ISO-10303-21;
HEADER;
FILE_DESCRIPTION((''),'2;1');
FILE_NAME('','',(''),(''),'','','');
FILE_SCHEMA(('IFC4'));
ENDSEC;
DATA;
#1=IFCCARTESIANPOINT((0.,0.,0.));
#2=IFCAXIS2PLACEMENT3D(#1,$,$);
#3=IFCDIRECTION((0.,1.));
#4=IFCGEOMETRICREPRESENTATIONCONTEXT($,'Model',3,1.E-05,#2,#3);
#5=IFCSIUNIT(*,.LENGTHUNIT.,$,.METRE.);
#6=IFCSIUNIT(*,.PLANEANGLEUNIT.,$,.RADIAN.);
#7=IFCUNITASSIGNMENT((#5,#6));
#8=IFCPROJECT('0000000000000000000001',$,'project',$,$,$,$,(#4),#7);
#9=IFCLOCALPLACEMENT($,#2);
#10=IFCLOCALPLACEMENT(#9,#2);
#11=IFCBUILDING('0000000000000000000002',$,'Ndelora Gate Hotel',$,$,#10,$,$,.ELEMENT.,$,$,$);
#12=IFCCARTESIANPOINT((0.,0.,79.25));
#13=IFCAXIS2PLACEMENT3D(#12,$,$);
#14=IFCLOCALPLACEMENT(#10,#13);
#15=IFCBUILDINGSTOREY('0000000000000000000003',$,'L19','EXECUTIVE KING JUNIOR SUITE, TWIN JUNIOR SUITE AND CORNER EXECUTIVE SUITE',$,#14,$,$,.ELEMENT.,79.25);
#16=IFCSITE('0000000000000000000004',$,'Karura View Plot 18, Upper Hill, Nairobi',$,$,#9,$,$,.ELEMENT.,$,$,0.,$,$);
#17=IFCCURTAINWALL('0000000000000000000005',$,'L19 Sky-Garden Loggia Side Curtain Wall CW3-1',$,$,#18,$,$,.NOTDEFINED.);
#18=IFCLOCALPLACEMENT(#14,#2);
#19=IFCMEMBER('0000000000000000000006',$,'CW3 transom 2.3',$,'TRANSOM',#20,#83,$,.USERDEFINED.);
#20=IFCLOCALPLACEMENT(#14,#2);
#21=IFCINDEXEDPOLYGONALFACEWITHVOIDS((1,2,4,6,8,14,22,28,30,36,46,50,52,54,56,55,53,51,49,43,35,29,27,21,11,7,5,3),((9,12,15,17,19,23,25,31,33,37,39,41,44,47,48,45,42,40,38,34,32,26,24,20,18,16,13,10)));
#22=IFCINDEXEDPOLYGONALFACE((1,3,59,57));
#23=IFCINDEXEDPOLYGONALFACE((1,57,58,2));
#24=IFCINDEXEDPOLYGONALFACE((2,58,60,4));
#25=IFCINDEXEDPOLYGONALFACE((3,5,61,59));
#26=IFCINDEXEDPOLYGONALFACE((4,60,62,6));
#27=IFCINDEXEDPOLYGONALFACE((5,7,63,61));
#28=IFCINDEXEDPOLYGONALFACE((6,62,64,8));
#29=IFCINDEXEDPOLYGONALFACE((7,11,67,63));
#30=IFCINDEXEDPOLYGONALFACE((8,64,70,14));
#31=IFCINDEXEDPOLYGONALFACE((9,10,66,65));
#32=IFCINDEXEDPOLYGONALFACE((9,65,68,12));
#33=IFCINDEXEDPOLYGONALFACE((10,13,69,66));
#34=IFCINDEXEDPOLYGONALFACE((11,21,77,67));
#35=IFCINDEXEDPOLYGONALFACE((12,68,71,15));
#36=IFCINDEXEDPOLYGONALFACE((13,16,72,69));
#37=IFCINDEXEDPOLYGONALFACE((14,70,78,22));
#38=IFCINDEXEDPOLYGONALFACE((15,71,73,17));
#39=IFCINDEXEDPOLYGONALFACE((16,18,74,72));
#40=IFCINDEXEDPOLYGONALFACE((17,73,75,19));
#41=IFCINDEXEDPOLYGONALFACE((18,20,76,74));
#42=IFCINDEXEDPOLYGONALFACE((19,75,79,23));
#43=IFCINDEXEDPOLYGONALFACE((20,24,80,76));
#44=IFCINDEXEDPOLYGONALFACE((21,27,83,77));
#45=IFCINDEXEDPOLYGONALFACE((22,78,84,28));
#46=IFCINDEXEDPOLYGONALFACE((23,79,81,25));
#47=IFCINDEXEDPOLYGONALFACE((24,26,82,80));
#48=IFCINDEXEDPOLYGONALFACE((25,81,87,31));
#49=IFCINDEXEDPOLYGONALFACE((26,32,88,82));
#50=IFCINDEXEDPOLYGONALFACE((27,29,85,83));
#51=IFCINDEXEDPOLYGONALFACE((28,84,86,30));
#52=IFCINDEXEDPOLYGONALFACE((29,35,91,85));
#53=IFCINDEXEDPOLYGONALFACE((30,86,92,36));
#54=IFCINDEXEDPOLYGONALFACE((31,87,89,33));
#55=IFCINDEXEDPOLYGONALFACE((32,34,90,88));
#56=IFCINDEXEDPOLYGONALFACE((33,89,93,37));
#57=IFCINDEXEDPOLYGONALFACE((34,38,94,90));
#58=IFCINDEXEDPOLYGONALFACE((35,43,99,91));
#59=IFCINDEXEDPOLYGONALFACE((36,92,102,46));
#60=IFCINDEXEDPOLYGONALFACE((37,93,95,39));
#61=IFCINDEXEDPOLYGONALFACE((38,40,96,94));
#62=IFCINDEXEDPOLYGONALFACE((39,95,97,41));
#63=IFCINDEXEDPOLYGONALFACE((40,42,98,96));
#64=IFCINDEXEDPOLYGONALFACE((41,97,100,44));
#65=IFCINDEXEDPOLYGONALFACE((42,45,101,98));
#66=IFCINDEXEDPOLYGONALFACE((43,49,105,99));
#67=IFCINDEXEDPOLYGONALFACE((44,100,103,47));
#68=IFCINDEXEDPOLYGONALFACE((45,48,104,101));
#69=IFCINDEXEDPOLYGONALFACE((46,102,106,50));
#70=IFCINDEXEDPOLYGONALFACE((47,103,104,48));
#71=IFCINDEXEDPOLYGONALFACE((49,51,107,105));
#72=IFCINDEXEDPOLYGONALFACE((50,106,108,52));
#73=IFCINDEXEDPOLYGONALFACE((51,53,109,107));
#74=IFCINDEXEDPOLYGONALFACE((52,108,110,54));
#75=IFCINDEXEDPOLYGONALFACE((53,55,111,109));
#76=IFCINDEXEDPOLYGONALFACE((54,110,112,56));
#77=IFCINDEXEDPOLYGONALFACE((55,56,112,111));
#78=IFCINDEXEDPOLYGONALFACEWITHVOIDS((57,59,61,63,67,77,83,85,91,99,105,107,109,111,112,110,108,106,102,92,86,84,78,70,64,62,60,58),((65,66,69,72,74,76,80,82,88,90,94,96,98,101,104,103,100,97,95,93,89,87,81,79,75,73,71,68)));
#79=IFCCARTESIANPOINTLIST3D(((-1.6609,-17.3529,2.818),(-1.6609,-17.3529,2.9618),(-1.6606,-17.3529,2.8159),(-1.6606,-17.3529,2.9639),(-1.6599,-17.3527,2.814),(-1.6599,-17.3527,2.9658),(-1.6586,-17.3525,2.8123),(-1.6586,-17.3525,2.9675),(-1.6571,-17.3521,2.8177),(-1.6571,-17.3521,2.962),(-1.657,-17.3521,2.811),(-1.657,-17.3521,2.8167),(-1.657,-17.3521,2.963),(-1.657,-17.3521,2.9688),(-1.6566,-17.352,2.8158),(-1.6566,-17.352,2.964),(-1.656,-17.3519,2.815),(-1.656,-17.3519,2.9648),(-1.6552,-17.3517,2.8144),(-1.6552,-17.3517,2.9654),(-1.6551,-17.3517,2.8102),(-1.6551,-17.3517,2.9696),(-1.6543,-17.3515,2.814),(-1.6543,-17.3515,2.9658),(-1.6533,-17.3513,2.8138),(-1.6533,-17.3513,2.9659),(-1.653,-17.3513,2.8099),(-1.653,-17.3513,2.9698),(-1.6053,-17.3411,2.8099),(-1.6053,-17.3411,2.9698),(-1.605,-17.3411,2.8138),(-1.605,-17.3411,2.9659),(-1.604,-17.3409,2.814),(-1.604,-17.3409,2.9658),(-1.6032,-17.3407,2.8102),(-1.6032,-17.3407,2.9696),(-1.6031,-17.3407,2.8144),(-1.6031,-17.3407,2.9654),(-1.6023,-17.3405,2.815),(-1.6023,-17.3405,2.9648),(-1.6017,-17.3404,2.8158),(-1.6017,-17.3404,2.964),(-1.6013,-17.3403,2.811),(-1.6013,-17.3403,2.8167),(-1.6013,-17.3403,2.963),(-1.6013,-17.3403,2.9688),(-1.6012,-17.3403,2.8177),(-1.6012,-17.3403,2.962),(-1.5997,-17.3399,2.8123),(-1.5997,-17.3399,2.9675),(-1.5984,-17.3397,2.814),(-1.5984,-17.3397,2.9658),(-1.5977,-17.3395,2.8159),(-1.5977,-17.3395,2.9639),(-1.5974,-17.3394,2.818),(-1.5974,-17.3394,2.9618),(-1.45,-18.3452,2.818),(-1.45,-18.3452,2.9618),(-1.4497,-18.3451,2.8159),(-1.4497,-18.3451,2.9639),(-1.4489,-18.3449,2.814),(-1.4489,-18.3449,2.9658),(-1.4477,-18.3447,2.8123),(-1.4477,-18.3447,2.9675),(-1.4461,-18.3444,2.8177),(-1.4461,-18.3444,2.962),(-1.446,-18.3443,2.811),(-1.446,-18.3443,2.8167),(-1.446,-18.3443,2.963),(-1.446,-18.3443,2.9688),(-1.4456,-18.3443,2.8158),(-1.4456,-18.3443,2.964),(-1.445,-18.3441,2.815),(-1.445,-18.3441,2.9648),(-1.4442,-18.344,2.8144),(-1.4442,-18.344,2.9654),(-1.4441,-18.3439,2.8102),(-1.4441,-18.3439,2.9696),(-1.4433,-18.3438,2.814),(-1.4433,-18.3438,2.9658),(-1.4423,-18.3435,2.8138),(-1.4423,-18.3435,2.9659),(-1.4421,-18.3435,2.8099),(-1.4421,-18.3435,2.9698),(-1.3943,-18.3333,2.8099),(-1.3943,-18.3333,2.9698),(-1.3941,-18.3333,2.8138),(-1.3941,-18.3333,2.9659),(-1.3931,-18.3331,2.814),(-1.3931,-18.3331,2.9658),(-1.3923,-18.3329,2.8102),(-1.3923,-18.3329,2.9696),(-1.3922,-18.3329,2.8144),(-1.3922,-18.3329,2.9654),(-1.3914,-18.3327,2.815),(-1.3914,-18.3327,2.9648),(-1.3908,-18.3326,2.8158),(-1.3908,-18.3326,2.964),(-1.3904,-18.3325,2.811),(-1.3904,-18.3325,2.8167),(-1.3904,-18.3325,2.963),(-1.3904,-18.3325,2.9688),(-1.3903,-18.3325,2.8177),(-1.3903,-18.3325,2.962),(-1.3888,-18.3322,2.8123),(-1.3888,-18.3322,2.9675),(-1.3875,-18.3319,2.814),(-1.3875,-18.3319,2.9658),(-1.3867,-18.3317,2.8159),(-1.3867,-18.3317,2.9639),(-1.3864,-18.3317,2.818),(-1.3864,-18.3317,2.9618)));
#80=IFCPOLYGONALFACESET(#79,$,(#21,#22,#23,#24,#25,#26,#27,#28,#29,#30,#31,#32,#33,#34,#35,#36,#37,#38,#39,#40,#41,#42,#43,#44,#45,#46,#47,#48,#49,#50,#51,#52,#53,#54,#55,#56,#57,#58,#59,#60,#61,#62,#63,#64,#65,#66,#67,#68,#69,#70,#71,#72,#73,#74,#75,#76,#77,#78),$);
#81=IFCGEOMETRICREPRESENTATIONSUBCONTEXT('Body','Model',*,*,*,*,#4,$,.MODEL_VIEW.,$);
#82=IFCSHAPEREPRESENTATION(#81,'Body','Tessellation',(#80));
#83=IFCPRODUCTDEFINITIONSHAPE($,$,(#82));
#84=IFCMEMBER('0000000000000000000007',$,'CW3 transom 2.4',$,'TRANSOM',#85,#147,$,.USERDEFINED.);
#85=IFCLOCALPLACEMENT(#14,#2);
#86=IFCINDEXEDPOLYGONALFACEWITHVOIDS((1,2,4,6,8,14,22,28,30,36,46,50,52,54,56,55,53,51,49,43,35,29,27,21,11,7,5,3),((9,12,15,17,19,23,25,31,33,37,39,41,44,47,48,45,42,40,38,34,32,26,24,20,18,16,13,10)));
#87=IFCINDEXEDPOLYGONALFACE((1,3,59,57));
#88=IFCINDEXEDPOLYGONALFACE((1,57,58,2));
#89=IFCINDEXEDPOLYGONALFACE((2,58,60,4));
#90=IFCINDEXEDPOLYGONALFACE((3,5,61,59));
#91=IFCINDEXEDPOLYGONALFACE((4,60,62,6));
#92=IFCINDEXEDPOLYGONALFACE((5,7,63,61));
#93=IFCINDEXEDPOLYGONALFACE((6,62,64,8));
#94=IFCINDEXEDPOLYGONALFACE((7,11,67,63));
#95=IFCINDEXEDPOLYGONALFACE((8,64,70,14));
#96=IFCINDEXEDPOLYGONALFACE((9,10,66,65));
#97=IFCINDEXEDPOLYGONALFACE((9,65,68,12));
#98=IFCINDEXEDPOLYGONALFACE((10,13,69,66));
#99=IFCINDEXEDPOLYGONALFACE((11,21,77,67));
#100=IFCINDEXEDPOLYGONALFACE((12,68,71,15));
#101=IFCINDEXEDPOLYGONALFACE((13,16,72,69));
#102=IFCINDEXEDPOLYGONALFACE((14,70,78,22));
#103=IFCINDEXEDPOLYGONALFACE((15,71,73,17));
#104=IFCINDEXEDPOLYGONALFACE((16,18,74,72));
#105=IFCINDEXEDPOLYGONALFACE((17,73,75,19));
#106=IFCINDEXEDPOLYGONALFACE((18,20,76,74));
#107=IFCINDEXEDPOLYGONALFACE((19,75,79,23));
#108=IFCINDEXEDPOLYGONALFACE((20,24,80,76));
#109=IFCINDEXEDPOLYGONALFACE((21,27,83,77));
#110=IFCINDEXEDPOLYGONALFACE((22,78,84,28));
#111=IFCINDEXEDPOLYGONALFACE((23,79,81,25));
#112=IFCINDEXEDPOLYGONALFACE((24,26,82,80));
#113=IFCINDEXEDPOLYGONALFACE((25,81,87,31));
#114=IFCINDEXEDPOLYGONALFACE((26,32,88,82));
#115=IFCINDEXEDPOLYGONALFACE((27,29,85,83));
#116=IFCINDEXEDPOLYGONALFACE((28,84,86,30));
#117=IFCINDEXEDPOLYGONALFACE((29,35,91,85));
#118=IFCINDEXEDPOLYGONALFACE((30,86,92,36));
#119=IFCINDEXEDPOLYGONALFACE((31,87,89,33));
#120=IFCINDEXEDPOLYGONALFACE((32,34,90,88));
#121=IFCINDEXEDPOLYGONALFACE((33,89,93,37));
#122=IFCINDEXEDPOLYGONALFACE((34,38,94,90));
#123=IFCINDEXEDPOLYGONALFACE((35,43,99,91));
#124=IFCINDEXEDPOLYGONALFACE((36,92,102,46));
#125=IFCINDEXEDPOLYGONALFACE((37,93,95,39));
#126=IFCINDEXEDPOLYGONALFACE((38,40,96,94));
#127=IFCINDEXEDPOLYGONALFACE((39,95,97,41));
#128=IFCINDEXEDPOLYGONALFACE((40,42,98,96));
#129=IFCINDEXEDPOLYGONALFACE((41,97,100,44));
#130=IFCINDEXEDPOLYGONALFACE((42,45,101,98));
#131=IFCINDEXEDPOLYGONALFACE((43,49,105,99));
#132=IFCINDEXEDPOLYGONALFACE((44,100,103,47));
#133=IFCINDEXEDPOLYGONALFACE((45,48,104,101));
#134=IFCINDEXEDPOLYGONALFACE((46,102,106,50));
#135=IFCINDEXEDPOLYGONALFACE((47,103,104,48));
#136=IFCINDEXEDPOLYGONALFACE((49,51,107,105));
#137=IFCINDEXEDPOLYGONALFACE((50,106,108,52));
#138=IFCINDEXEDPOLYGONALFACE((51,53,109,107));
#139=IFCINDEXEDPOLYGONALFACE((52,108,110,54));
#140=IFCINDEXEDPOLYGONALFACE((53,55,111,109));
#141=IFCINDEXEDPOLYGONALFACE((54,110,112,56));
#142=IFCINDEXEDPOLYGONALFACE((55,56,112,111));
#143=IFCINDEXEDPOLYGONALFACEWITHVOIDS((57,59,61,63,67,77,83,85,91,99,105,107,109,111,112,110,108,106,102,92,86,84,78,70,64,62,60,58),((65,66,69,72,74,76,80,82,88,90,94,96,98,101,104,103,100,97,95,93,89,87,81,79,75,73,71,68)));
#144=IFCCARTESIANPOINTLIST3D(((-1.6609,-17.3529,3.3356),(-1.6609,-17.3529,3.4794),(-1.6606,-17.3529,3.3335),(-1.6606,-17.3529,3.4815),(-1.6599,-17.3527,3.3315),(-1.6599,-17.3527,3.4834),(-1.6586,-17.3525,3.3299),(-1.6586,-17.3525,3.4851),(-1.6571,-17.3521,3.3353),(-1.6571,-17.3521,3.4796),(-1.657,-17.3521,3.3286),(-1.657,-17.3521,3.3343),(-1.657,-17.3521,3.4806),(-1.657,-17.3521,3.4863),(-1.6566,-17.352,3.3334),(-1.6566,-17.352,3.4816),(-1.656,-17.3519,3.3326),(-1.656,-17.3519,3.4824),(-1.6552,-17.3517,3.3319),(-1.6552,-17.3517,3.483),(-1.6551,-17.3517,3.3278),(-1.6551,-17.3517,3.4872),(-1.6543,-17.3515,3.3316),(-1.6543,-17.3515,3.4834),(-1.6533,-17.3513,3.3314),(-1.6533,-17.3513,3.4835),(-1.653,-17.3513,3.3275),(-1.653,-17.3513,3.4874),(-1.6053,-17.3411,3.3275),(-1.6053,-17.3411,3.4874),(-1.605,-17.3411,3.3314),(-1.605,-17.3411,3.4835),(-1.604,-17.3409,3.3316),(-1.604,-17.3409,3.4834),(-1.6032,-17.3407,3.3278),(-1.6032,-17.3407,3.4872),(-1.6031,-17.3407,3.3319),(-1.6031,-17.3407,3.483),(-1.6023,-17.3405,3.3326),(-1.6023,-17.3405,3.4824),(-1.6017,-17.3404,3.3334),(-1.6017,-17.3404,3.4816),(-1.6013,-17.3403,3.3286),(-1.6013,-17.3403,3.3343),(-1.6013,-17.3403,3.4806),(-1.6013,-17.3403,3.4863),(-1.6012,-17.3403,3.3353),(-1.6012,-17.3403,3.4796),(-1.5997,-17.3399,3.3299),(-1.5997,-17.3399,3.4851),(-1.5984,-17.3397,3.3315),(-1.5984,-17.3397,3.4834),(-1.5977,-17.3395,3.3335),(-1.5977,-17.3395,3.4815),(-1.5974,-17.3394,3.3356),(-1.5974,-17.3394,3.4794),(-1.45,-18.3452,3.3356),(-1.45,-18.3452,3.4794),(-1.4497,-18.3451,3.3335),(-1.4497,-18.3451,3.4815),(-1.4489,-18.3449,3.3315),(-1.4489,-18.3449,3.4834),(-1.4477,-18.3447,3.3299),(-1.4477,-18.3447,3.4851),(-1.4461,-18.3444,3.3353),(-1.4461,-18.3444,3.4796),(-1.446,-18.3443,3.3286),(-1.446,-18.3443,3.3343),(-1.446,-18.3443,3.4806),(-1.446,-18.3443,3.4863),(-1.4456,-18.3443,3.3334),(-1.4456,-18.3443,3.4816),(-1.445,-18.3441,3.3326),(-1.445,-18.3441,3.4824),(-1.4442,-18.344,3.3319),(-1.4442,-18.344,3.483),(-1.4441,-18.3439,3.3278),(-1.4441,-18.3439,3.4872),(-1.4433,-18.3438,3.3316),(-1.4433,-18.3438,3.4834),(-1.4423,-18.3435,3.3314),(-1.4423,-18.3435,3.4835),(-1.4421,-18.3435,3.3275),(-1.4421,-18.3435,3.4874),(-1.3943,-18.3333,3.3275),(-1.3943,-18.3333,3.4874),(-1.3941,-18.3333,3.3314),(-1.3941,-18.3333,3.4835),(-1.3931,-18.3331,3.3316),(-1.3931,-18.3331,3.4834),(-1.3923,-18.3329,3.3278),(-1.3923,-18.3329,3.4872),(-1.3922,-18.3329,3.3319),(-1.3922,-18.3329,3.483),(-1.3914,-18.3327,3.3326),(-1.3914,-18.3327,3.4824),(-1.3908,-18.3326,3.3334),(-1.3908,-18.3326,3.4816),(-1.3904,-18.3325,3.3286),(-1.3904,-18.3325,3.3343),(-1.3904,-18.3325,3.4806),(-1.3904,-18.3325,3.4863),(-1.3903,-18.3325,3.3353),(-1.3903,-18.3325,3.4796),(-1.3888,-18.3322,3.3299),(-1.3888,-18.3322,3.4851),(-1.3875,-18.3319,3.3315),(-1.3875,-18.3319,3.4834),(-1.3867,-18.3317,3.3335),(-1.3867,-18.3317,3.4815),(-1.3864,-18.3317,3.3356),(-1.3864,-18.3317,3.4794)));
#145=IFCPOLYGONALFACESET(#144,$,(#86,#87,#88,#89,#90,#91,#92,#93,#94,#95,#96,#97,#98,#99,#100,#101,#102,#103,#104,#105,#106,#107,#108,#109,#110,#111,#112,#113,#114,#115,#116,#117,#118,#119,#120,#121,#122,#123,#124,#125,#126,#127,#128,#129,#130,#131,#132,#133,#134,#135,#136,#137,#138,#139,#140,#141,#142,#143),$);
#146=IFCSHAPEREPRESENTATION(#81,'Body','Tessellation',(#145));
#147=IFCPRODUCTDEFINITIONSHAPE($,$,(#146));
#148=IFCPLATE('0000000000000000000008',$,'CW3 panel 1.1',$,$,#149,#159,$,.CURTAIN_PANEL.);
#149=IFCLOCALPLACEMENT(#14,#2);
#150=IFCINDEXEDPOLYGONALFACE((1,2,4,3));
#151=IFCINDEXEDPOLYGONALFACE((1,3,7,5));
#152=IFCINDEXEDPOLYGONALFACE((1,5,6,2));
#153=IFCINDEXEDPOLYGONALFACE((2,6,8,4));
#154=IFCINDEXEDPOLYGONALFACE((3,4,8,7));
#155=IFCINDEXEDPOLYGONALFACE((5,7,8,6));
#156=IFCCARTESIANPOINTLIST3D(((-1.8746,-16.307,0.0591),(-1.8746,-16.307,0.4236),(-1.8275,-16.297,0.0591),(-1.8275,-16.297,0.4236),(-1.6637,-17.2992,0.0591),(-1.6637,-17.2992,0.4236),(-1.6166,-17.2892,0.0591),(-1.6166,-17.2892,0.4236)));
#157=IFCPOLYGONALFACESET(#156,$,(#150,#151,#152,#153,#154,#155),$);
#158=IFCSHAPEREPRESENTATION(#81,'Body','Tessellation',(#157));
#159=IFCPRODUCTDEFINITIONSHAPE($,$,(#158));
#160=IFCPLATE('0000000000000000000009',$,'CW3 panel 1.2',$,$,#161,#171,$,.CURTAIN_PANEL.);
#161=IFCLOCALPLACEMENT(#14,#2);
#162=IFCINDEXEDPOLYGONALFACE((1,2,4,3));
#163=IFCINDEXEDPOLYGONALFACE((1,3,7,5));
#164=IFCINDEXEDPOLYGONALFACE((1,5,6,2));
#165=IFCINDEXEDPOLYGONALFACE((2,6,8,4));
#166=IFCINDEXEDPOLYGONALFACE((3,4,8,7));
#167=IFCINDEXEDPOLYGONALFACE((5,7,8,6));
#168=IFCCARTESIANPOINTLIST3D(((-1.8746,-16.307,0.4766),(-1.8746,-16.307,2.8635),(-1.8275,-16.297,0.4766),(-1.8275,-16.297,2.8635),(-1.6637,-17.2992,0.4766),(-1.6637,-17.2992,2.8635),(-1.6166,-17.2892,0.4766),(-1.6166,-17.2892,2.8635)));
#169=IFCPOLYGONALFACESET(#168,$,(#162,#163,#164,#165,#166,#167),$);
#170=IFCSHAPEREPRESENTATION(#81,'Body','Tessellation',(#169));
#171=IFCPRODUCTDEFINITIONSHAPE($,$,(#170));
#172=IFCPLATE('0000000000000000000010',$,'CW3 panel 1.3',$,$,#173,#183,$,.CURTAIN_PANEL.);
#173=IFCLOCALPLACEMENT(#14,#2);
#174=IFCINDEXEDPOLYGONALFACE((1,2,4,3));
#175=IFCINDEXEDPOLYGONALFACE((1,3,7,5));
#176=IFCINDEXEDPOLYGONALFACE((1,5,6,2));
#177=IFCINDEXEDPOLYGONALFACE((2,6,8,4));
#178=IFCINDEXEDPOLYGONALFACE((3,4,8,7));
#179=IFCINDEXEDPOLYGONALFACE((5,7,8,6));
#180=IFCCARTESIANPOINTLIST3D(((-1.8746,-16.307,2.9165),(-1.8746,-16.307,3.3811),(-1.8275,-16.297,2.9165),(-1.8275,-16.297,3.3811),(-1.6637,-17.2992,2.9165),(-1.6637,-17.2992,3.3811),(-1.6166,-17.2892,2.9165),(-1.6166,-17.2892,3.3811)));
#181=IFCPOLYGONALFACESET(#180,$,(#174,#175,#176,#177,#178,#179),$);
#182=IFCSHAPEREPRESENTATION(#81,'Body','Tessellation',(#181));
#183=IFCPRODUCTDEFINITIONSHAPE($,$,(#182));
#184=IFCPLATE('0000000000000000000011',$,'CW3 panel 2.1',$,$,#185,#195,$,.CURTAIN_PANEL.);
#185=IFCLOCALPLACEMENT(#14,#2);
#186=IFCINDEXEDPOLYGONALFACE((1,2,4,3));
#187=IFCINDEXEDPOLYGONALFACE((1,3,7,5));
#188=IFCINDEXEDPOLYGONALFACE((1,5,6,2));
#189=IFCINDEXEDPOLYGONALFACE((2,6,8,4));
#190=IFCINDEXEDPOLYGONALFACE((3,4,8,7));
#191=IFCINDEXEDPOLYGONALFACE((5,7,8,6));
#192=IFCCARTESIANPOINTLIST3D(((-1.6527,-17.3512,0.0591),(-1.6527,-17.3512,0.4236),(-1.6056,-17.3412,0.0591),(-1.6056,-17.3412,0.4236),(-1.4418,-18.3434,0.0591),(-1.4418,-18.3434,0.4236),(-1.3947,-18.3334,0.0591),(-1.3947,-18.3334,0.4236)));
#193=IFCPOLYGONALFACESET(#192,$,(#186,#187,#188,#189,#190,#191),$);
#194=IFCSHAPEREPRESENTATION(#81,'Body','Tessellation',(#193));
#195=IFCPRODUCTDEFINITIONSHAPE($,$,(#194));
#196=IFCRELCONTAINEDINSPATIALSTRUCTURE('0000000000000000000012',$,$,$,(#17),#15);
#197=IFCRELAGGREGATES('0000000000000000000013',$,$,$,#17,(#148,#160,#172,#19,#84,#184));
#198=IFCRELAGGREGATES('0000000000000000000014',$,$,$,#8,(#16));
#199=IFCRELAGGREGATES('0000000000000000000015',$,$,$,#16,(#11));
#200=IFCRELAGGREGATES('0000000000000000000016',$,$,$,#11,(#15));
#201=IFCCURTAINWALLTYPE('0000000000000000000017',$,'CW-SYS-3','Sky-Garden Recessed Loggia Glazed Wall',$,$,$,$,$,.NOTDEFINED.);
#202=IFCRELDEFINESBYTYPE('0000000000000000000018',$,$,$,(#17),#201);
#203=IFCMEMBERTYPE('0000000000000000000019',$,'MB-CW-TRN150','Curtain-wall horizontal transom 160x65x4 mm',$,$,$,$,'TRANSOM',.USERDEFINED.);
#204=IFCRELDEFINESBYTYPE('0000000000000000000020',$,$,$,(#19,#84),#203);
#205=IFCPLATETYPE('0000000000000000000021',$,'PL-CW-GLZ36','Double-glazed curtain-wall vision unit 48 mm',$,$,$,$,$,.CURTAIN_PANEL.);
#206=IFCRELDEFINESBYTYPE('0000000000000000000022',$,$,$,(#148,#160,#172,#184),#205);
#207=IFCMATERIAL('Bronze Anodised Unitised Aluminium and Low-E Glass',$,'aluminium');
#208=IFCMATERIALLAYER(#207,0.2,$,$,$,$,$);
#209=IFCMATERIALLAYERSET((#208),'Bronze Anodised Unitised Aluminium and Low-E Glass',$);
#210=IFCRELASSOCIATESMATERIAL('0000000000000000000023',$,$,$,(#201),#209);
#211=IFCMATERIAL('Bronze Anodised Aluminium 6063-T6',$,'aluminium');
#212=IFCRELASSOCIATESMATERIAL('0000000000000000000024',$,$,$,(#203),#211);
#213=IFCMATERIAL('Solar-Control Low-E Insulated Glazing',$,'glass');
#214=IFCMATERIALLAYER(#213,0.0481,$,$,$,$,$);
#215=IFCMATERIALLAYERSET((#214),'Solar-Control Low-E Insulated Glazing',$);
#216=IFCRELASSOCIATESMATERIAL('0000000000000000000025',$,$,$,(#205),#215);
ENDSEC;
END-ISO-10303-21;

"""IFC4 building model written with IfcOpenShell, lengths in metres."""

from ifc_helpers import new_model, si_unit, direction, frame, origin, origin_2d, place, context, subcontext, project, spatial, rectangle, hollow_rectangle, extrude, material, layer, layer_set, material_profile, profile_set, type_object, element, aggregate, save


model = new_model("IFC4")

# Units and contexts
model_context = context("Model", 3, precision=1e-05, world=origin(), true_north=direction((0.0, 1.0)))
body_context = subcontext(model_context, "Body", "Model", "MODEL_VIEW")
ifc_project = project(units=[si_unit("LENGTHUNIT", "METRE"), si_unit("PLANEANGLEUNIT", "RADIAN")], contexts=[model_context])

# Site, building, storey
site_placement = place(None, origin())
site = spatial("IfcSite", under=ifc_project, at=site_placement, Name="Karura View Plot 18, Upper Hill, Nairobi", CompositionType="ELEMENT", RefElevation=0.0)
building_placement = place(site_placement, origin())
building = spatial("IfcBuilding", under=site, at=building_placement, Name="Ndelora Gate Hotel", CompositionType="ELEMENT")
storey_placement = place(building_placement, frame((0.0, 0.0, 79.25)))
storey = spatial("IfcBuildingStorey", under=building, at=storey_placement, Name="L19", Description="EXECUTIVE KING JUNIOR SUITE, TWIN JUNIOR SUITE AND CORNER EXECUTIVE SUITE", CompositionType="ELEMENT", Elevation=79.25)

# Curtain wall, members, plates
ifc_material_1 = material(Name="Bronze Anodised Unitised Aluminium and Low-E Glass", Category="aluminium")
ifc_layer_1 = layer(ifc_material_1, 0.2)
ifc_layer_set_1 = layer_set([ifc_layer_1], Name="Bronze Anodised Unitised Aluminium and Low-E Glass")
curtain_wall_type = type_object("IfcCurtainWallType", Name="CW-SYS-3", Description="Sky-Garden Recessed Loggia Glazed Wall", PredefinedType="NOTDEFINED", material=ifc_layer_set_1)
curtain_wall_placement = place(storey_placement, origin())
curtain_wall = element("IfcCurtainWall", 1, at=curtain_wall_placement, inside=storey, type_object=curtain_wall_type, Name="L19 Sky-Garden Loggia Side Curtain Wall CW3-1", PredefinedType="NOTDEFINED")
ifc_material_2 = material(Name="Bronze Anodised Aluminium 6063-T6", Category="aluminium")
ifc_material_profile_1 = material_profile(ifc_material_2, hollow_rectangle(XDim=0.0649, YDim=0.1599, WallThickness=0.0039, InnerFilletRadius=0.0039, OuterFilletRadius=0.0081, at=origin_2d()), Name="ALU 160x65x4")
ifc_profile_set_1 = profile_set([ifc_material_profile_1], Name="Bronze Anodised Aluminium 6063-T6")
member_type_1 = type_object("IfcMemberType", Name="MB-CW-TRN150", Description="Curtain-wall horizontal transom 160x65x4 mm", ElementType="TRANSOM", PredefinedType="USERDEFINED", material=ifc_profile_set_1)
member_1_placement = place(storey_placement, frame((-1.6292, -17.3462, 2.8899), z_axis=(0.207951, -0.978139, 0.0), x_axis=(0.978139, 0.207951, 0.0)))
member_1 = element("IfcMember", 2, at=member_1_placement, type_object=member_type_1, Name="CW3 transom 2.3", ObjectType="TRANSOM", PredefinedType="USERDEFINED", context=body_context, shape_type="SweptSolid", body=[
    extrude(hollow_rectangle(XDim=0.0649, YDim=0.1599, WallThickness=0.0039, InnerFilletRadius=0.0039, OuterFilletRadius=0.0081, at=origin_2d()), origin(), (0.0, 0.0, 1.0), 1.0144),
])
member_2_placement = place(storey_placement, frame((-1.6292, -17.3462, 3.4075), z_axis=(0.207951, -0.978139, 0.0), x_axis=(0.978139, 0.207951, 0.0)))
member_2 = element("IfcMember", 3, at=member_2_placement, type_object=member_type_1, Name="CW3 transom 2.4", ObjectType="TRANSOM", PredefinedType="USERDEFINED", context=body_context, shape_type="SweptSolid", body=[
    extrude(hollow_rectangle(XDim=0.0649, YDim=0.1599, WallThickness=0.0039, InnerFilletRadius=0.0039, OuterFilletRadius=0.0081, at=origin_2d()), origin(), (0.0, 0.0, 1.0), 1.0144),
])
ifc_material_3 = material(Name="Solar-Control Low-E Insulated Glazing", Category="glass")
ifc_layer_2 = layer(ifc_material_3, 0.0481)
ifc_layer_set_2 = layer_set([ifc_layer_2], Name="Solar-Control Low-E Insulated Glazing")
plate_type_1 = type_object("IfcPlateType", Name="PL-CW-GLZ36", Description="Double-glazed curtain-wall vision unit 48 mm", PredefinedType="CURTAIN_PANEL", material=ifc_layer_set_2)
plate_1_placement = place(storey_placement, frame((-1.7456, -16.7981, 0.0591), z_axis=(0.0, 0.0, 1.0), x_axis=(0.207911, -0.978148, 0.0)))
plate_1 = element("IfcPlate", 4, at=plate_1_placement, type_object=plate_type_1, Name="CW3 panel 1.1", PredefinedType="CURTAIN_PANEL", context=body_context, shape_type="SweptSolid", body=[
    extrude(rectangle(XDim=1.0144, YDim=0.0481, at=origin_2d()), origin(), (0.0, 0.0, 1.0), 0.3645),
])
plate_2_placement = place(storey_placement, frame((-1.7456, -16.7981, 0.4766), z_axis=(0.0, 0.0, 1.0), x_axis=(0.207911, -0.978148, 0.0)))
plate_2 = element("IfcPlate", 5, at=plate_2_placement, type_object=plate_type_1, Name="CW3 panel 1.2", PredefinedType="CURTAIN_PANEL", context=body_context, shape_type="SweptSolid", body=[
    extrude(rectangle(XDim=1.0144, YDim=0.0481, at=origin_2d()), origin(), (0.0, 0.0, 1.0), 2.387),
])
plate_3_placement = place(storey_placement, frame((-1.7456, -16.7981, 2.9165), z_axis=(0.0, 0.0, 1.0), x_axis=(0.207911, -0.978148, 0.0)))
plate_3 = element("IfcPlate", 6, at=plate_3_placement, type_object=plate_type_1, Name="CW3 panel 1.3", PredefinedType="CURTAIN_PANEL", context=body_context, shape_type="SweptSolid", body=[
    extrude(rectangle(XDim=1.0144, YDim=0.0481, at=origin_2d()), origin(), (0.0, 0.0, 1.0), 0.4646),
])
plate_4_placement = place(storey_placement, frame((-1.5237, -17.8423, 0.0591), z_axis=(0.0, 0.0, 1.0), x_axis=(0.207911, -0.978148, 0.0)))
plate_4 = element("IfcPlate", 7, at=plate_4_placement, type_object=plate_type_1, Name="CW3 panel 2.1", PredefinedType="CURTAIN_PANEL", context=body_context, shape_type="SweptSolid", body=[
    extrude(rectangle(XDim=1.0144, YDim=0.0481, at=origin_2d()), origin(), (0.0, 0.0, 1.0), 0.3645),
])
aggregate(curtain_wall, [plate_1, plate_2, plate_3, member_1, member_2, plate_4])

save(model, "model.ifc")
